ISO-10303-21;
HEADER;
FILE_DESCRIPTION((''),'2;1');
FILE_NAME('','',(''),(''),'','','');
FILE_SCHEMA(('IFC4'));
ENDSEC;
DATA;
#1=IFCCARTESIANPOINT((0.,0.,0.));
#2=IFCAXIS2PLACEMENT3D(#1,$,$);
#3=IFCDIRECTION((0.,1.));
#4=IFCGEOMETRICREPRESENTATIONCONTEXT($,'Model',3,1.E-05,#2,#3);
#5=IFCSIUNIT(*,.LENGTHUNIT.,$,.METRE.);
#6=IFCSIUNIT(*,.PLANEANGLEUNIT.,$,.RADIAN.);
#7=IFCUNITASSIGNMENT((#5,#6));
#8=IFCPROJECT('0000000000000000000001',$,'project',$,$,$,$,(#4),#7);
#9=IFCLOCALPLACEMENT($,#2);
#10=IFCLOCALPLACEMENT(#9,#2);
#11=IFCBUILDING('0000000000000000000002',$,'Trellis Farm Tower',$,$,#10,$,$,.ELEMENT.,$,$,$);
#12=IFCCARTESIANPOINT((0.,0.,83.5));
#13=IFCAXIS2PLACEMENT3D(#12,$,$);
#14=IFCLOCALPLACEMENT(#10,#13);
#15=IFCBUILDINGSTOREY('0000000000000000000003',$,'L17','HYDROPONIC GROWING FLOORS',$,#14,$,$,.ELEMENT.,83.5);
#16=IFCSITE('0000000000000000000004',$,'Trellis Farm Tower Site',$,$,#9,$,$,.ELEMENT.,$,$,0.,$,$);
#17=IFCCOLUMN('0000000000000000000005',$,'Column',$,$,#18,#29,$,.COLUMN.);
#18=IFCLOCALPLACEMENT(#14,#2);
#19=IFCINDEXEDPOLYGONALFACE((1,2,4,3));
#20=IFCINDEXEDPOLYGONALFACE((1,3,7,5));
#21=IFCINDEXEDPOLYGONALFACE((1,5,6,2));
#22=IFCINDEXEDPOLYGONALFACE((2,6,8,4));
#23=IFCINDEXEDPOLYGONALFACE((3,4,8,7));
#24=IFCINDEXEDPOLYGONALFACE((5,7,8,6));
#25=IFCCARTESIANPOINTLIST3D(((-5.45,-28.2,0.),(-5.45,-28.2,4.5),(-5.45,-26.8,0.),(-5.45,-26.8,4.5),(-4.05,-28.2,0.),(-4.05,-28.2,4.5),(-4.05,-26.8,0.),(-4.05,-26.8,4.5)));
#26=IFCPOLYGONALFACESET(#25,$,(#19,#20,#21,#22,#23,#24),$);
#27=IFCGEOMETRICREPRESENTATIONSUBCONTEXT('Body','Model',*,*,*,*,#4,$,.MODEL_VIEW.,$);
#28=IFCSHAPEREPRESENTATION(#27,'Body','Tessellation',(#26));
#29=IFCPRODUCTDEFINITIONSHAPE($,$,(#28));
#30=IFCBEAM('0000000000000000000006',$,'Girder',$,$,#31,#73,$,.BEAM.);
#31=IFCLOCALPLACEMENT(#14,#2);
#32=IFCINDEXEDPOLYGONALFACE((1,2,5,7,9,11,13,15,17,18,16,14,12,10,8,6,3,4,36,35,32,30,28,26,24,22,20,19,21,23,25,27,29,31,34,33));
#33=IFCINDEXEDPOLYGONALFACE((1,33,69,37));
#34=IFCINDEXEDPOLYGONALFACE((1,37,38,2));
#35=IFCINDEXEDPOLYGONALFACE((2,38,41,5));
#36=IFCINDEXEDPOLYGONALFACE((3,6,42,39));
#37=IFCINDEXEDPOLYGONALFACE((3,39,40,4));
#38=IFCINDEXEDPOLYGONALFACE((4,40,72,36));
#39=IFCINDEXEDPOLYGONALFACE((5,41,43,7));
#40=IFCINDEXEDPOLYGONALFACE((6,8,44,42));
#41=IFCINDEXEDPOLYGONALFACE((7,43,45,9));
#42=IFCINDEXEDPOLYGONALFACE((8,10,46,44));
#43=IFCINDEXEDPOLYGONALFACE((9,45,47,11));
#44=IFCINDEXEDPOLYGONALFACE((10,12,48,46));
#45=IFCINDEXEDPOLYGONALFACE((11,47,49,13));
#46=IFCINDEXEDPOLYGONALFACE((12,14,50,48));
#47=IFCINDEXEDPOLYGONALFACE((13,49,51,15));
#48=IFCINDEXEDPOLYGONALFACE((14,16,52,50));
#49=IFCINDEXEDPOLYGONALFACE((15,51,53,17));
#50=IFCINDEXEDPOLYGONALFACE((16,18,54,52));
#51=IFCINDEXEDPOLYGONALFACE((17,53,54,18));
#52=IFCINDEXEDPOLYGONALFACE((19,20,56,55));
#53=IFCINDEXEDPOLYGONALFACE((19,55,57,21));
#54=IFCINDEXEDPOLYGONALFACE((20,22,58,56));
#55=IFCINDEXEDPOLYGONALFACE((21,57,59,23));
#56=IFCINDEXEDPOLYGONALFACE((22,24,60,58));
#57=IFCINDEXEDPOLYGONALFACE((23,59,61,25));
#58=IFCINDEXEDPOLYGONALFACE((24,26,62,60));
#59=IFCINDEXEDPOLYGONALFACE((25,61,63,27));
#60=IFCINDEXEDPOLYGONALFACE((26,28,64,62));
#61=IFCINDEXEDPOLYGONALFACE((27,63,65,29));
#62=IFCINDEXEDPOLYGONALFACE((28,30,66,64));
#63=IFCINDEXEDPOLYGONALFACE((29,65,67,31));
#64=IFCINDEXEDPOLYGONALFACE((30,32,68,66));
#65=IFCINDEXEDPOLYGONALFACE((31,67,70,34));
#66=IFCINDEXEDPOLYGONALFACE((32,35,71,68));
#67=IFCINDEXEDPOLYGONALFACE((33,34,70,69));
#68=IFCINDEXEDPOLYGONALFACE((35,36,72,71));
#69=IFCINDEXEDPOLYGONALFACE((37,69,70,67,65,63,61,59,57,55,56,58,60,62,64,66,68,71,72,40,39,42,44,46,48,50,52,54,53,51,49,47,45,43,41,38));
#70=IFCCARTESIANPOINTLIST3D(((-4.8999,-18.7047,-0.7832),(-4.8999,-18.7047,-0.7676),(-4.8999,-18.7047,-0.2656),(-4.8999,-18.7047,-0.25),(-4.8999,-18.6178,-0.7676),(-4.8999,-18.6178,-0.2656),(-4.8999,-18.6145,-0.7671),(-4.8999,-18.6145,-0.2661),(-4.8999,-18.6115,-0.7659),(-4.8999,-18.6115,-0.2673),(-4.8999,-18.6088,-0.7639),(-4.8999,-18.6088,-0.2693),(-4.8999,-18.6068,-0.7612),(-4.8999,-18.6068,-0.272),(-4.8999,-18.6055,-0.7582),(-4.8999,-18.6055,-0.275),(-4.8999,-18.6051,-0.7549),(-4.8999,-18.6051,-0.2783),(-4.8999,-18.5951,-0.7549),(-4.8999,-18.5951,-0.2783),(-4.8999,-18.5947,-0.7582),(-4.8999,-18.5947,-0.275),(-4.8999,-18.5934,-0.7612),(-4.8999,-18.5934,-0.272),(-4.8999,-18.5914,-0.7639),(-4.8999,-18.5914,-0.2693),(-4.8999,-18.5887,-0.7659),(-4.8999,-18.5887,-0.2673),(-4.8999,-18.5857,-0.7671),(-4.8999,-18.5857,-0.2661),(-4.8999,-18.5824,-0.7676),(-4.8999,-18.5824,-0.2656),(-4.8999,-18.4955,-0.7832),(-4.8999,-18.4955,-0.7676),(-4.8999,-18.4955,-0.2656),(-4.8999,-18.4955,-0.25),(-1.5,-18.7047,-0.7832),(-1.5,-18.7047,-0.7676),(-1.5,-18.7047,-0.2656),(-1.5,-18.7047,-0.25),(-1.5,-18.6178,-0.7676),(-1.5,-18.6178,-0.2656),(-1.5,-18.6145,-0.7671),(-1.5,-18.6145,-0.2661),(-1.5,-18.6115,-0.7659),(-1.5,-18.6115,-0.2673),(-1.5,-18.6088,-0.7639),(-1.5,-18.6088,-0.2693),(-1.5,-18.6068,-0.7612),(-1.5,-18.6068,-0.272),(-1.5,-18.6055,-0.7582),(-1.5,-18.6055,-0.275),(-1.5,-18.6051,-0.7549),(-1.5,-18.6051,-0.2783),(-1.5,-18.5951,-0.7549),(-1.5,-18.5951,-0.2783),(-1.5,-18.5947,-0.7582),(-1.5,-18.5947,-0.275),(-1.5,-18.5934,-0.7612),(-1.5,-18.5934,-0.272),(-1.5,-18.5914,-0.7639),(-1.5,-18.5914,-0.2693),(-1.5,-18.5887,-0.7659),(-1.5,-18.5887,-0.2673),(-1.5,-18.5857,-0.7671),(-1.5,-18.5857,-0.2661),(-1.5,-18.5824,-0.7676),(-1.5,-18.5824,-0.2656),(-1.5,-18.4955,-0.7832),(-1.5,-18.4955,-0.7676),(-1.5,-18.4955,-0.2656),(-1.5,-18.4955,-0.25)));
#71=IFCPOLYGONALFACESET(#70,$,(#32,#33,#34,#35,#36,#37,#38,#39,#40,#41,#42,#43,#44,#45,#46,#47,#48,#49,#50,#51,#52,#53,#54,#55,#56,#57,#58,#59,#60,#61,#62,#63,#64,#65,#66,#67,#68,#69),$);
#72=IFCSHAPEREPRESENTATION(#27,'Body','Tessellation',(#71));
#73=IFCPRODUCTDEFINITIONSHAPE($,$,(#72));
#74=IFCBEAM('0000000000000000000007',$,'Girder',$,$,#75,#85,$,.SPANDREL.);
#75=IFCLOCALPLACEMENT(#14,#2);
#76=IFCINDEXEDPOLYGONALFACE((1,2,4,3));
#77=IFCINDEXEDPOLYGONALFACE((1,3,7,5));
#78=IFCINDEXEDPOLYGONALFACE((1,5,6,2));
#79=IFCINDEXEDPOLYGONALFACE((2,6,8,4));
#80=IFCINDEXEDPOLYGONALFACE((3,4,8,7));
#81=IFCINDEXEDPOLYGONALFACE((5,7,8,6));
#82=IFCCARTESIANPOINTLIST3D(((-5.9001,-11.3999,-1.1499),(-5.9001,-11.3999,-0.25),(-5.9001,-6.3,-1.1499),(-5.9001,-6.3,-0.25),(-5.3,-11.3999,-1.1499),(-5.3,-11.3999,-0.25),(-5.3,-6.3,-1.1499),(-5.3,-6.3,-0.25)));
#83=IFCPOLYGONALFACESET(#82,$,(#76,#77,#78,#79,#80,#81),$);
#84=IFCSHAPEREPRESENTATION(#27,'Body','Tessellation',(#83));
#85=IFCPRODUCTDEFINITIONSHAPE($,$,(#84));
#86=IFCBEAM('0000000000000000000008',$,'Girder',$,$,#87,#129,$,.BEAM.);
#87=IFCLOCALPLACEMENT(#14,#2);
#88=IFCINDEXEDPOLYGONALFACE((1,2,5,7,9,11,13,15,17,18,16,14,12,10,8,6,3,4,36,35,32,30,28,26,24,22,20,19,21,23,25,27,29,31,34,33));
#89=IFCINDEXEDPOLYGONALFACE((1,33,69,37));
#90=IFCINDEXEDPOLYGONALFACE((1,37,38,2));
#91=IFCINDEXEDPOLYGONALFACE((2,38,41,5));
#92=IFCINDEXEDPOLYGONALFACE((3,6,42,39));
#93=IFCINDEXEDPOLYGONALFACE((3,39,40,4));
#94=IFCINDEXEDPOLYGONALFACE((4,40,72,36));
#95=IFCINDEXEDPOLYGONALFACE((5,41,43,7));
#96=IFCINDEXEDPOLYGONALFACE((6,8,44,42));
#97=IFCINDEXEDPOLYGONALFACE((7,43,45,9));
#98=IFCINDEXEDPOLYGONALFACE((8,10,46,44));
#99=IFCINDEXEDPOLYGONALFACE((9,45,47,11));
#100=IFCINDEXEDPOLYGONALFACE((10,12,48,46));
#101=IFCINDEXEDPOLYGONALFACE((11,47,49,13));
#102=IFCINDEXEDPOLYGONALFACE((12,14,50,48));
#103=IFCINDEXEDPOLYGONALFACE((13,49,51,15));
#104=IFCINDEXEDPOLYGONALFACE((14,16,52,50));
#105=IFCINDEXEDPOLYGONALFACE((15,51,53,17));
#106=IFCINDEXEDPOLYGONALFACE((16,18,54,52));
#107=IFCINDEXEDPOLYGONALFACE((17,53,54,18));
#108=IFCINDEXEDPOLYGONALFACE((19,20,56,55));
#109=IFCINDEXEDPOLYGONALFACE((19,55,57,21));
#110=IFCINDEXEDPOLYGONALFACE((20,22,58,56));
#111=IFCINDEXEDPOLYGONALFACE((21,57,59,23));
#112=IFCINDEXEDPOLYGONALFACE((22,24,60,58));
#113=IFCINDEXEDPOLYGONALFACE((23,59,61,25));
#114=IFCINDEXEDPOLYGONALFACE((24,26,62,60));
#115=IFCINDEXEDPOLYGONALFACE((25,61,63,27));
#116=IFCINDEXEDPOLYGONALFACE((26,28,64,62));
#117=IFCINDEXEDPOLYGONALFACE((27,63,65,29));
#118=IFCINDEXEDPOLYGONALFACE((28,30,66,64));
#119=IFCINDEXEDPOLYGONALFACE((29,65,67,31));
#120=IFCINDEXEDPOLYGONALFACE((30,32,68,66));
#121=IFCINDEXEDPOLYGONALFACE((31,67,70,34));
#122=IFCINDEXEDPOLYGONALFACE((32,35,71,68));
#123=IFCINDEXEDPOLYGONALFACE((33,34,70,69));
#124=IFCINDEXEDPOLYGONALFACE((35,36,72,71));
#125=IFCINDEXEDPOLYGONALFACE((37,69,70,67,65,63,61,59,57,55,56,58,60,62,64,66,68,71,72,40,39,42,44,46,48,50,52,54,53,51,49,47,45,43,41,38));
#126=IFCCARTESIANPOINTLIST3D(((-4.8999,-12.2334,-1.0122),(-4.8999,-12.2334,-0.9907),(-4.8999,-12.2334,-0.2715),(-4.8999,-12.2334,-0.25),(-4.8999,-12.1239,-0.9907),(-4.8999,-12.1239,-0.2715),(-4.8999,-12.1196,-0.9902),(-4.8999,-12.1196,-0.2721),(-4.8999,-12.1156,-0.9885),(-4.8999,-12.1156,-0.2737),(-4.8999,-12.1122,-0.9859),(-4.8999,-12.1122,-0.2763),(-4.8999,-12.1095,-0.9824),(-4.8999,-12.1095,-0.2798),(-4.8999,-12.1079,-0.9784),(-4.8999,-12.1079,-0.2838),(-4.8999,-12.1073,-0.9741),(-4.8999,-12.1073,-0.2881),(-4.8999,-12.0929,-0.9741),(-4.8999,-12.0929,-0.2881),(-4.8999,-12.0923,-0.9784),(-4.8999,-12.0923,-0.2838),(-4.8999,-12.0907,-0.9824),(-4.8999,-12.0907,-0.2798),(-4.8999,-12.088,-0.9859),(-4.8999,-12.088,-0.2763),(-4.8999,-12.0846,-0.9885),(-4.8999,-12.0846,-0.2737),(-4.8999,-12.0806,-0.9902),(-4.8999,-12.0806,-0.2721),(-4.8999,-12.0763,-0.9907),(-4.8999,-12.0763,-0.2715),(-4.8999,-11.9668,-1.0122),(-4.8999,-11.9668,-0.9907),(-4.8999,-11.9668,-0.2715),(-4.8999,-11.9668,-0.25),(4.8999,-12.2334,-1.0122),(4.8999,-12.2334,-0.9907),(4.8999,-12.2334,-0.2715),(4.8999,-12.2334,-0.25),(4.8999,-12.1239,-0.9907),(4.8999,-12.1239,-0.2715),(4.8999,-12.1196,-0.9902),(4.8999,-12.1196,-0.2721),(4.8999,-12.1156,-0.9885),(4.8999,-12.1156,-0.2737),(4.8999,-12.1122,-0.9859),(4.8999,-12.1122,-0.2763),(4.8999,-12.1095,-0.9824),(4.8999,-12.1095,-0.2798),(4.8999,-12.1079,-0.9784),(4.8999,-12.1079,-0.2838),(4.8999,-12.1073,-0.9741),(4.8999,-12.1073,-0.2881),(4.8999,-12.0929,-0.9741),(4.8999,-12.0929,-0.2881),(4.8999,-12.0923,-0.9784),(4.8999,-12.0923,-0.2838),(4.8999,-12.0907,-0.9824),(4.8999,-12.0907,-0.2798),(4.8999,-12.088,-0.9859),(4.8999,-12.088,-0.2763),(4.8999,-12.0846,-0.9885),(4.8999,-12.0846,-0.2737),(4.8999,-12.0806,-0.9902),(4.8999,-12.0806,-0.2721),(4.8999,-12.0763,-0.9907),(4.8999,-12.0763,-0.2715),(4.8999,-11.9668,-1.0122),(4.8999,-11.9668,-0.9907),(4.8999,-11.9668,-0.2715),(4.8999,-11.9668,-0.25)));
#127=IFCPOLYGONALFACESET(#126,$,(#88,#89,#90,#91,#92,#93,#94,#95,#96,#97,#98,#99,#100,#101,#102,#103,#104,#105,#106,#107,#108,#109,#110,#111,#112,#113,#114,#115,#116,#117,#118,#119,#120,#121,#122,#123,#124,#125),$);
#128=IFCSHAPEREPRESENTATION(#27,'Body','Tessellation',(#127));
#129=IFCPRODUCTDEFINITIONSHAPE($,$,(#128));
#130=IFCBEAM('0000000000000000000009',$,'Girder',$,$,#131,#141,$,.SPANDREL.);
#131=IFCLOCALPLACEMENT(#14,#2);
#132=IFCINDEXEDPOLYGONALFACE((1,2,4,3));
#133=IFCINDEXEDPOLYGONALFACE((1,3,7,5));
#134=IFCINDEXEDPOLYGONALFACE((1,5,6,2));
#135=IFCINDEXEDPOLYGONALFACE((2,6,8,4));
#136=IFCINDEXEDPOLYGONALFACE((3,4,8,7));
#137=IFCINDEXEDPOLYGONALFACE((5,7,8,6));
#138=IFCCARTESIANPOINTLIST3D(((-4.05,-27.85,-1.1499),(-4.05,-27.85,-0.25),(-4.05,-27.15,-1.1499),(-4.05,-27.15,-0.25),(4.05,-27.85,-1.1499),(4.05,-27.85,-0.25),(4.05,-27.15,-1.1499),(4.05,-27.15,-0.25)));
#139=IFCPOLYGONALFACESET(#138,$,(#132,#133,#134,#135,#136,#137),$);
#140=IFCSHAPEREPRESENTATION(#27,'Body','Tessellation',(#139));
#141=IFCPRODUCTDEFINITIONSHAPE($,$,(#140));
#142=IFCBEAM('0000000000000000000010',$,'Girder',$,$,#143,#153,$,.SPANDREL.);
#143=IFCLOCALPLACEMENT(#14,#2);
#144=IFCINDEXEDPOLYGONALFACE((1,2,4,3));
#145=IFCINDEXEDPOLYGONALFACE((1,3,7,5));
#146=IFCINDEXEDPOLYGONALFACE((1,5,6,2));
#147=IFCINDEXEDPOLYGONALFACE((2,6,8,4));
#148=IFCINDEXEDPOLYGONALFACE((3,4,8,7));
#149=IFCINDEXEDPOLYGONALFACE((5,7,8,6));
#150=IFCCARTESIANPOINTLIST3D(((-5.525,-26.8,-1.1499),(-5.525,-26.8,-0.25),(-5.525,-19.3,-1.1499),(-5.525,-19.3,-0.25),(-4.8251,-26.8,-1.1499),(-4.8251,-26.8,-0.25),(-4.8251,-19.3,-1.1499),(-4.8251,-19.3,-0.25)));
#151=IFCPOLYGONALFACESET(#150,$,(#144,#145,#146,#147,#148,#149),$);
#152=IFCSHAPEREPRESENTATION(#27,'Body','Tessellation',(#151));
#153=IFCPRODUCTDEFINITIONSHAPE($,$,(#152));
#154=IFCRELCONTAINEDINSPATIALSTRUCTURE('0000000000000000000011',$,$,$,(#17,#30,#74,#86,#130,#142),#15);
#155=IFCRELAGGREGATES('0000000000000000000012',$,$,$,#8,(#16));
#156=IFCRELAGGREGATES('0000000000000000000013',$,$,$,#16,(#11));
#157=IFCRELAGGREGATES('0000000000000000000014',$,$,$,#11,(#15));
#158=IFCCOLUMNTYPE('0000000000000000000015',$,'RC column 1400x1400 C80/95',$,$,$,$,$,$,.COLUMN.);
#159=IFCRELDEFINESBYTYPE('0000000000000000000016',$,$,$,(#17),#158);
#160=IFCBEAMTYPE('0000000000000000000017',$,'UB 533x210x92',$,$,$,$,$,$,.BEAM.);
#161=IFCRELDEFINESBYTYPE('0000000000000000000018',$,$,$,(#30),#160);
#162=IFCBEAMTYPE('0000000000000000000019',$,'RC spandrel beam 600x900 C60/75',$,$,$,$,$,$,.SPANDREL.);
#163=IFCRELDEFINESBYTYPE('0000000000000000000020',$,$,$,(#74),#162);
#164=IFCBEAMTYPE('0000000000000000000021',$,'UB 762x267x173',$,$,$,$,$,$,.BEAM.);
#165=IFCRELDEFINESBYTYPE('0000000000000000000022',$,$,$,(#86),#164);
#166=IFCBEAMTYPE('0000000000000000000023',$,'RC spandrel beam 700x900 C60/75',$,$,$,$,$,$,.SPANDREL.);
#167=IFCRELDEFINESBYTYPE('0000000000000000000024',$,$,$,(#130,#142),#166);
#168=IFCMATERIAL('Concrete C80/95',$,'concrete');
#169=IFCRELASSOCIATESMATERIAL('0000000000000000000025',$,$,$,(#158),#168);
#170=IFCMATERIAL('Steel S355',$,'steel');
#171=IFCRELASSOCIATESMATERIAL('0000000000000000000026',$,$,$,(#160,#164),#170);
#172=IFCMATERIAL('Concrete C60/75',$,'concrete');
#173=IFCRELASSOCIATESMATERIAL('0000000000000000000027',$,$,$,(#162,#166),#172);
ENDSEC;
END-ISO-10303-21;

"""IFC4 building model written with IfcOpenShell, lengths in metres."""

from ifc_helpers import new_model, si_unit, direction, frame, origin, origin_2d, place, context, subcontext, project, spatial, rectangle, i_section, extrude, source, transform, mapped, material, material_profile, profile_set, type_object, element, save


model = new_model("IFC4")

# Units and contexts
model_context = context("Model", 3, precision=1e-05, world=origin(), true_north=direction((0.0, 1.0)))
body_context = subcontext(model_context, "Body", "Model", "MODEL_VIEW")
ifc_project = project(units=[si_unit("LENGTHUNIT", "METRE"), si_unit("PLANEANGLEUNIT", "RADIAN")], contexts=[model_context])

# Site, building, storey
site_placement = place(None, origin())
site = spatial("IfcSite", under=ifc_project, at=site_placement, Name="Trellis Farm Tower Site", CompositionType="ELEMENT", RefElevation=0.0)
building_placement = place(site_placement, origin())
building = spatial("IfcBuilding", under=site, at=building_placement, Name="Trellis Farm Tower", CompositionType="ELEMENT")
storey_placement = place(building_placement, frame((0.0, 0.0, 83.5)))
storey = spatial("IfcBuildingStorey", under=building, at=storey_placement, Name="L17", Description="HYDROPONIC GROWING FLOORS", CompositionType="ELEMENT", Elevation=83.5)

# Column
ifc_material_1 = material(Name="Concrete C80/95", Category="concrete")
ifc_material_profile_1 = material_profile(ifc_material_1, rectangle(XDim=1.3999, YDim=1.3999, at=origin_2d()), Name="RC column 1400x1400 C80/95")
ifc_profile_set_1 = profile_set([ifc_material_profile_1], Name="Concrete C80/95")
column_type = type_object("IfcColumnType", Name="RC column 1400x1400 C80/95", PredefinedType="COLUMN", material=ifc_profile_set_1)
shared_shape_1 = source(origin(), body_context, "Body", "SweptSolid", [
    extrude(rectangle(XDim=1.3999, YDim=1.3999, at=origin_2d()), origin(), (0.0, 0.0, 1.0), 4.5),
])
column_placement = place(storey_placement, frame((-4.75, -27.5, 0.0), z_axis=(0.0, 0.0, 1.0), x_axis=(1.0, 0.0, 0.0)))
element("IfcColumn", 1, at=column_placement, inside=storey, type_object=column_type, Name="Column", PredefinedType="COLUMN", context=body_context, shape_type="MappedRepresentation", body=[
    mapped(shared_shape_1, transform((0.0, 0.0, 0.0))),
])

# Beams
ifc_material_2 = material(Name="Steel S355", Category="steel")
ifc_material_profile_2 = material_profile(ifc_material_2, i_section(OverallWidth=0.2092, OverallDepth=0.5332, WebThickness=0.01, FlangeThickness=0.0156, FilletRadius=0.0127, at=origin_2d()), Name="UB 533x210x92")
ifc_profile_set_2 = profile_set([ifc_material_profile_2], Name="Steel S355")
beam_type_1 = type_object("IfcBeamType", Name="UB 533x210x92", PredefinedType="BEAM", material=ifc_profile_set_2)
shared_shape_2 = source(origin(), body_context, "Body", "SweptSolid", [
    extrude(i_section(OverallWidth=0.2092, OverallDepth=0.5332, WebThickness=0.01, FlangeThickness=0.0156, FilletRadius=0.0127, at=origin_2d()), origin(), (0.0, 0.0, 1.0), 3.3999),
])
beam_1_placement = place(storey_placement, frame((-4.8999, -18.6001, -0.5166), z_axis=(1.0, 0.0, 0.0), x_axis=(0.0, 1.0, 0.0)))
element("IfcBeam", 2, at=beam_1_placement, inside=storey, type_object=beam_type_1, Name="Girder", PredefinedType="BEAM", context=body_context, shape_type="MappedRepresentation", body=[
    mapped(shared_shape_2, transform((0.0, 0.0, 0.0))),
])
ifc_material_3 = material(Name="Concrete C60/75", Category="concrete")
ifc_material_profile_3 = material_profile(ifc_material_3, rectangle(XDim=0.6001, YDim=0.8999, at=origin_2d()), Name="RC spandrel beam 600x900 C60/75")
ifc_profile_set_3 = profile_set([ifc_material_profile_3], Name="Concrete C60/75")
beam_type_2 = type_object("IfcBeamType", Name="RC spandrel beam 600x900 C60/75", PredefinedType="SPANDREL", material=ifc_profile_set_3)
shared_shape_3 = source(origin(), body_context, "Body", "SweptSolid", [
    extrude(rectangle(XDim=0.6001, YDim=0.8999, at=origin_2d()), origin(), (0.0, 0.0, 1.0), 5.0999),
])
beam_2_placement = place(storey_placement, frame((-5.6001, -11.3999, -0.7), z_axis=(0.0, 1.0, 0.0), x_axis=(-1.0, 0.0, 0.0)))
element("IfcBeam", 3, at=beam_2_placement, inside=storey, type_object=beam_type_2, Name="Girder", PredefinedType="SPANDREL", context=body_context, shape_type="MappedRepresentation", body=[
    mapped(shared_shape_3, transform((0.0, 0.0, 0.0))),
])
ifc_material_profile_4 = material_profile(ifc_material_2, i_section(OverallWidth=0.2666, OverallDepth=0.7622, WebThickness=0.0144, FlangeThickness=0.0215, FilletRadius=0.0166, at=origin_2d()), Name="UB 762x267x173")
ifc_profile_set_4 = profile_set([ifc_material_profile_4], Name="Steel S355")
beam_type_3 = type_object("IfcBeamType", Name="UB 762x267x173", PredefinedType="BEAM", material=ifc_profile_set_4)
shared_shape_4 = source(origin(), body_context, "Body", "SweptSolid", [
    extrude(i_section(OverallWidth=0.2666, OverallDepth=0.7622, WebThickness=0.0144, FlangeThickness=0.0215, FilletRadius=0.0166, at=origin_2d()), origin(), (0.0, 0.0, 1.0), 9.7998),
])
beam_3_placement = place(storey_placement, frame((-4.8999, -12.1001, -0.6311), z_axis=(1.0, 0.0, 0.0), x_axis=(0.0, 1.0, 0.0)))
element("IfcBeam", 4, at=beam_3_placement, inside=storey, type_object=beam_type_3, Name="Girder", PredefinedType="BEAM", context=body_context, shape_type="MappedRepresentation", body=[
    mapped(shared_shape_4, transform((0.0, 0.0, 0.0))),
])
ifc_material_profile_5 = material_profile(ifc_material_3, rectangle(XDim=0.7, YDim=0.8999, at=origin_2d()), Name="RC spandrel beam 700x900 C60/75")
ifc_profile_set_5 = profile_set([ifc_material_profile_5], Name="Concrete C60/75")
beam_type_4 = type_object("IfcBeamType", Name="RC spandrel beam 700x900 C60/75", PredefinedType="SPANDREL", material=ifc_profile_set_5)
shared_shape_5 = source(origin(), body_context, "Body", "SweptSolid", [
    extrude(rectangle(XDim=0.7, YDim=0.8999, at=origin_2d()), origin(), (0.0, 0.0, 1.0), 8.1001),
])
beam_4_placement = place(storey_placement, frame((-4.05, -27.5, -0.7), z_axis=(1.0, 0.0, 0.0), x_axis=(0.0, 1.0, 0.0)))
element("IfcBeam", 5, at=beam_4_placement, inside=storey, type_object=beam_type_4, Name="Girder", PredefinedType="SPANDREL", context=body_context, shape_type="MappedRepresentation", body=[
    mapped(shared_shape_5, transform((0.0, 0.0, 0.0))),
])
shared_shape_6 = source(origin(), body_context, "Body", "SweptSolid", [
    extrude(rectangle(XDim=0.7, YDim=0.8999, at=origin_2d()), origin(), (0.0, 0.0, 1.0), 7.5),
])
beam_5_placement = place(storey_placement, frame((-5.175, -26.8, -0.7), z_axis=(0.0, 1.0, 0.0), x_axis=(-1.0, 0.0, 0.0)))
element("IfcBeam", 6, at=beam_5_placement, inside=storey, type_object=beam_type_4, Name="Girder", PredefinedType="SPANDREL", context=body_context, shape_type="MappedRepresentation", body=[
    mapped(shared_shape_6, transform((0.0, 0.0, 0.0))),
])

save(model, "model.ifc")
